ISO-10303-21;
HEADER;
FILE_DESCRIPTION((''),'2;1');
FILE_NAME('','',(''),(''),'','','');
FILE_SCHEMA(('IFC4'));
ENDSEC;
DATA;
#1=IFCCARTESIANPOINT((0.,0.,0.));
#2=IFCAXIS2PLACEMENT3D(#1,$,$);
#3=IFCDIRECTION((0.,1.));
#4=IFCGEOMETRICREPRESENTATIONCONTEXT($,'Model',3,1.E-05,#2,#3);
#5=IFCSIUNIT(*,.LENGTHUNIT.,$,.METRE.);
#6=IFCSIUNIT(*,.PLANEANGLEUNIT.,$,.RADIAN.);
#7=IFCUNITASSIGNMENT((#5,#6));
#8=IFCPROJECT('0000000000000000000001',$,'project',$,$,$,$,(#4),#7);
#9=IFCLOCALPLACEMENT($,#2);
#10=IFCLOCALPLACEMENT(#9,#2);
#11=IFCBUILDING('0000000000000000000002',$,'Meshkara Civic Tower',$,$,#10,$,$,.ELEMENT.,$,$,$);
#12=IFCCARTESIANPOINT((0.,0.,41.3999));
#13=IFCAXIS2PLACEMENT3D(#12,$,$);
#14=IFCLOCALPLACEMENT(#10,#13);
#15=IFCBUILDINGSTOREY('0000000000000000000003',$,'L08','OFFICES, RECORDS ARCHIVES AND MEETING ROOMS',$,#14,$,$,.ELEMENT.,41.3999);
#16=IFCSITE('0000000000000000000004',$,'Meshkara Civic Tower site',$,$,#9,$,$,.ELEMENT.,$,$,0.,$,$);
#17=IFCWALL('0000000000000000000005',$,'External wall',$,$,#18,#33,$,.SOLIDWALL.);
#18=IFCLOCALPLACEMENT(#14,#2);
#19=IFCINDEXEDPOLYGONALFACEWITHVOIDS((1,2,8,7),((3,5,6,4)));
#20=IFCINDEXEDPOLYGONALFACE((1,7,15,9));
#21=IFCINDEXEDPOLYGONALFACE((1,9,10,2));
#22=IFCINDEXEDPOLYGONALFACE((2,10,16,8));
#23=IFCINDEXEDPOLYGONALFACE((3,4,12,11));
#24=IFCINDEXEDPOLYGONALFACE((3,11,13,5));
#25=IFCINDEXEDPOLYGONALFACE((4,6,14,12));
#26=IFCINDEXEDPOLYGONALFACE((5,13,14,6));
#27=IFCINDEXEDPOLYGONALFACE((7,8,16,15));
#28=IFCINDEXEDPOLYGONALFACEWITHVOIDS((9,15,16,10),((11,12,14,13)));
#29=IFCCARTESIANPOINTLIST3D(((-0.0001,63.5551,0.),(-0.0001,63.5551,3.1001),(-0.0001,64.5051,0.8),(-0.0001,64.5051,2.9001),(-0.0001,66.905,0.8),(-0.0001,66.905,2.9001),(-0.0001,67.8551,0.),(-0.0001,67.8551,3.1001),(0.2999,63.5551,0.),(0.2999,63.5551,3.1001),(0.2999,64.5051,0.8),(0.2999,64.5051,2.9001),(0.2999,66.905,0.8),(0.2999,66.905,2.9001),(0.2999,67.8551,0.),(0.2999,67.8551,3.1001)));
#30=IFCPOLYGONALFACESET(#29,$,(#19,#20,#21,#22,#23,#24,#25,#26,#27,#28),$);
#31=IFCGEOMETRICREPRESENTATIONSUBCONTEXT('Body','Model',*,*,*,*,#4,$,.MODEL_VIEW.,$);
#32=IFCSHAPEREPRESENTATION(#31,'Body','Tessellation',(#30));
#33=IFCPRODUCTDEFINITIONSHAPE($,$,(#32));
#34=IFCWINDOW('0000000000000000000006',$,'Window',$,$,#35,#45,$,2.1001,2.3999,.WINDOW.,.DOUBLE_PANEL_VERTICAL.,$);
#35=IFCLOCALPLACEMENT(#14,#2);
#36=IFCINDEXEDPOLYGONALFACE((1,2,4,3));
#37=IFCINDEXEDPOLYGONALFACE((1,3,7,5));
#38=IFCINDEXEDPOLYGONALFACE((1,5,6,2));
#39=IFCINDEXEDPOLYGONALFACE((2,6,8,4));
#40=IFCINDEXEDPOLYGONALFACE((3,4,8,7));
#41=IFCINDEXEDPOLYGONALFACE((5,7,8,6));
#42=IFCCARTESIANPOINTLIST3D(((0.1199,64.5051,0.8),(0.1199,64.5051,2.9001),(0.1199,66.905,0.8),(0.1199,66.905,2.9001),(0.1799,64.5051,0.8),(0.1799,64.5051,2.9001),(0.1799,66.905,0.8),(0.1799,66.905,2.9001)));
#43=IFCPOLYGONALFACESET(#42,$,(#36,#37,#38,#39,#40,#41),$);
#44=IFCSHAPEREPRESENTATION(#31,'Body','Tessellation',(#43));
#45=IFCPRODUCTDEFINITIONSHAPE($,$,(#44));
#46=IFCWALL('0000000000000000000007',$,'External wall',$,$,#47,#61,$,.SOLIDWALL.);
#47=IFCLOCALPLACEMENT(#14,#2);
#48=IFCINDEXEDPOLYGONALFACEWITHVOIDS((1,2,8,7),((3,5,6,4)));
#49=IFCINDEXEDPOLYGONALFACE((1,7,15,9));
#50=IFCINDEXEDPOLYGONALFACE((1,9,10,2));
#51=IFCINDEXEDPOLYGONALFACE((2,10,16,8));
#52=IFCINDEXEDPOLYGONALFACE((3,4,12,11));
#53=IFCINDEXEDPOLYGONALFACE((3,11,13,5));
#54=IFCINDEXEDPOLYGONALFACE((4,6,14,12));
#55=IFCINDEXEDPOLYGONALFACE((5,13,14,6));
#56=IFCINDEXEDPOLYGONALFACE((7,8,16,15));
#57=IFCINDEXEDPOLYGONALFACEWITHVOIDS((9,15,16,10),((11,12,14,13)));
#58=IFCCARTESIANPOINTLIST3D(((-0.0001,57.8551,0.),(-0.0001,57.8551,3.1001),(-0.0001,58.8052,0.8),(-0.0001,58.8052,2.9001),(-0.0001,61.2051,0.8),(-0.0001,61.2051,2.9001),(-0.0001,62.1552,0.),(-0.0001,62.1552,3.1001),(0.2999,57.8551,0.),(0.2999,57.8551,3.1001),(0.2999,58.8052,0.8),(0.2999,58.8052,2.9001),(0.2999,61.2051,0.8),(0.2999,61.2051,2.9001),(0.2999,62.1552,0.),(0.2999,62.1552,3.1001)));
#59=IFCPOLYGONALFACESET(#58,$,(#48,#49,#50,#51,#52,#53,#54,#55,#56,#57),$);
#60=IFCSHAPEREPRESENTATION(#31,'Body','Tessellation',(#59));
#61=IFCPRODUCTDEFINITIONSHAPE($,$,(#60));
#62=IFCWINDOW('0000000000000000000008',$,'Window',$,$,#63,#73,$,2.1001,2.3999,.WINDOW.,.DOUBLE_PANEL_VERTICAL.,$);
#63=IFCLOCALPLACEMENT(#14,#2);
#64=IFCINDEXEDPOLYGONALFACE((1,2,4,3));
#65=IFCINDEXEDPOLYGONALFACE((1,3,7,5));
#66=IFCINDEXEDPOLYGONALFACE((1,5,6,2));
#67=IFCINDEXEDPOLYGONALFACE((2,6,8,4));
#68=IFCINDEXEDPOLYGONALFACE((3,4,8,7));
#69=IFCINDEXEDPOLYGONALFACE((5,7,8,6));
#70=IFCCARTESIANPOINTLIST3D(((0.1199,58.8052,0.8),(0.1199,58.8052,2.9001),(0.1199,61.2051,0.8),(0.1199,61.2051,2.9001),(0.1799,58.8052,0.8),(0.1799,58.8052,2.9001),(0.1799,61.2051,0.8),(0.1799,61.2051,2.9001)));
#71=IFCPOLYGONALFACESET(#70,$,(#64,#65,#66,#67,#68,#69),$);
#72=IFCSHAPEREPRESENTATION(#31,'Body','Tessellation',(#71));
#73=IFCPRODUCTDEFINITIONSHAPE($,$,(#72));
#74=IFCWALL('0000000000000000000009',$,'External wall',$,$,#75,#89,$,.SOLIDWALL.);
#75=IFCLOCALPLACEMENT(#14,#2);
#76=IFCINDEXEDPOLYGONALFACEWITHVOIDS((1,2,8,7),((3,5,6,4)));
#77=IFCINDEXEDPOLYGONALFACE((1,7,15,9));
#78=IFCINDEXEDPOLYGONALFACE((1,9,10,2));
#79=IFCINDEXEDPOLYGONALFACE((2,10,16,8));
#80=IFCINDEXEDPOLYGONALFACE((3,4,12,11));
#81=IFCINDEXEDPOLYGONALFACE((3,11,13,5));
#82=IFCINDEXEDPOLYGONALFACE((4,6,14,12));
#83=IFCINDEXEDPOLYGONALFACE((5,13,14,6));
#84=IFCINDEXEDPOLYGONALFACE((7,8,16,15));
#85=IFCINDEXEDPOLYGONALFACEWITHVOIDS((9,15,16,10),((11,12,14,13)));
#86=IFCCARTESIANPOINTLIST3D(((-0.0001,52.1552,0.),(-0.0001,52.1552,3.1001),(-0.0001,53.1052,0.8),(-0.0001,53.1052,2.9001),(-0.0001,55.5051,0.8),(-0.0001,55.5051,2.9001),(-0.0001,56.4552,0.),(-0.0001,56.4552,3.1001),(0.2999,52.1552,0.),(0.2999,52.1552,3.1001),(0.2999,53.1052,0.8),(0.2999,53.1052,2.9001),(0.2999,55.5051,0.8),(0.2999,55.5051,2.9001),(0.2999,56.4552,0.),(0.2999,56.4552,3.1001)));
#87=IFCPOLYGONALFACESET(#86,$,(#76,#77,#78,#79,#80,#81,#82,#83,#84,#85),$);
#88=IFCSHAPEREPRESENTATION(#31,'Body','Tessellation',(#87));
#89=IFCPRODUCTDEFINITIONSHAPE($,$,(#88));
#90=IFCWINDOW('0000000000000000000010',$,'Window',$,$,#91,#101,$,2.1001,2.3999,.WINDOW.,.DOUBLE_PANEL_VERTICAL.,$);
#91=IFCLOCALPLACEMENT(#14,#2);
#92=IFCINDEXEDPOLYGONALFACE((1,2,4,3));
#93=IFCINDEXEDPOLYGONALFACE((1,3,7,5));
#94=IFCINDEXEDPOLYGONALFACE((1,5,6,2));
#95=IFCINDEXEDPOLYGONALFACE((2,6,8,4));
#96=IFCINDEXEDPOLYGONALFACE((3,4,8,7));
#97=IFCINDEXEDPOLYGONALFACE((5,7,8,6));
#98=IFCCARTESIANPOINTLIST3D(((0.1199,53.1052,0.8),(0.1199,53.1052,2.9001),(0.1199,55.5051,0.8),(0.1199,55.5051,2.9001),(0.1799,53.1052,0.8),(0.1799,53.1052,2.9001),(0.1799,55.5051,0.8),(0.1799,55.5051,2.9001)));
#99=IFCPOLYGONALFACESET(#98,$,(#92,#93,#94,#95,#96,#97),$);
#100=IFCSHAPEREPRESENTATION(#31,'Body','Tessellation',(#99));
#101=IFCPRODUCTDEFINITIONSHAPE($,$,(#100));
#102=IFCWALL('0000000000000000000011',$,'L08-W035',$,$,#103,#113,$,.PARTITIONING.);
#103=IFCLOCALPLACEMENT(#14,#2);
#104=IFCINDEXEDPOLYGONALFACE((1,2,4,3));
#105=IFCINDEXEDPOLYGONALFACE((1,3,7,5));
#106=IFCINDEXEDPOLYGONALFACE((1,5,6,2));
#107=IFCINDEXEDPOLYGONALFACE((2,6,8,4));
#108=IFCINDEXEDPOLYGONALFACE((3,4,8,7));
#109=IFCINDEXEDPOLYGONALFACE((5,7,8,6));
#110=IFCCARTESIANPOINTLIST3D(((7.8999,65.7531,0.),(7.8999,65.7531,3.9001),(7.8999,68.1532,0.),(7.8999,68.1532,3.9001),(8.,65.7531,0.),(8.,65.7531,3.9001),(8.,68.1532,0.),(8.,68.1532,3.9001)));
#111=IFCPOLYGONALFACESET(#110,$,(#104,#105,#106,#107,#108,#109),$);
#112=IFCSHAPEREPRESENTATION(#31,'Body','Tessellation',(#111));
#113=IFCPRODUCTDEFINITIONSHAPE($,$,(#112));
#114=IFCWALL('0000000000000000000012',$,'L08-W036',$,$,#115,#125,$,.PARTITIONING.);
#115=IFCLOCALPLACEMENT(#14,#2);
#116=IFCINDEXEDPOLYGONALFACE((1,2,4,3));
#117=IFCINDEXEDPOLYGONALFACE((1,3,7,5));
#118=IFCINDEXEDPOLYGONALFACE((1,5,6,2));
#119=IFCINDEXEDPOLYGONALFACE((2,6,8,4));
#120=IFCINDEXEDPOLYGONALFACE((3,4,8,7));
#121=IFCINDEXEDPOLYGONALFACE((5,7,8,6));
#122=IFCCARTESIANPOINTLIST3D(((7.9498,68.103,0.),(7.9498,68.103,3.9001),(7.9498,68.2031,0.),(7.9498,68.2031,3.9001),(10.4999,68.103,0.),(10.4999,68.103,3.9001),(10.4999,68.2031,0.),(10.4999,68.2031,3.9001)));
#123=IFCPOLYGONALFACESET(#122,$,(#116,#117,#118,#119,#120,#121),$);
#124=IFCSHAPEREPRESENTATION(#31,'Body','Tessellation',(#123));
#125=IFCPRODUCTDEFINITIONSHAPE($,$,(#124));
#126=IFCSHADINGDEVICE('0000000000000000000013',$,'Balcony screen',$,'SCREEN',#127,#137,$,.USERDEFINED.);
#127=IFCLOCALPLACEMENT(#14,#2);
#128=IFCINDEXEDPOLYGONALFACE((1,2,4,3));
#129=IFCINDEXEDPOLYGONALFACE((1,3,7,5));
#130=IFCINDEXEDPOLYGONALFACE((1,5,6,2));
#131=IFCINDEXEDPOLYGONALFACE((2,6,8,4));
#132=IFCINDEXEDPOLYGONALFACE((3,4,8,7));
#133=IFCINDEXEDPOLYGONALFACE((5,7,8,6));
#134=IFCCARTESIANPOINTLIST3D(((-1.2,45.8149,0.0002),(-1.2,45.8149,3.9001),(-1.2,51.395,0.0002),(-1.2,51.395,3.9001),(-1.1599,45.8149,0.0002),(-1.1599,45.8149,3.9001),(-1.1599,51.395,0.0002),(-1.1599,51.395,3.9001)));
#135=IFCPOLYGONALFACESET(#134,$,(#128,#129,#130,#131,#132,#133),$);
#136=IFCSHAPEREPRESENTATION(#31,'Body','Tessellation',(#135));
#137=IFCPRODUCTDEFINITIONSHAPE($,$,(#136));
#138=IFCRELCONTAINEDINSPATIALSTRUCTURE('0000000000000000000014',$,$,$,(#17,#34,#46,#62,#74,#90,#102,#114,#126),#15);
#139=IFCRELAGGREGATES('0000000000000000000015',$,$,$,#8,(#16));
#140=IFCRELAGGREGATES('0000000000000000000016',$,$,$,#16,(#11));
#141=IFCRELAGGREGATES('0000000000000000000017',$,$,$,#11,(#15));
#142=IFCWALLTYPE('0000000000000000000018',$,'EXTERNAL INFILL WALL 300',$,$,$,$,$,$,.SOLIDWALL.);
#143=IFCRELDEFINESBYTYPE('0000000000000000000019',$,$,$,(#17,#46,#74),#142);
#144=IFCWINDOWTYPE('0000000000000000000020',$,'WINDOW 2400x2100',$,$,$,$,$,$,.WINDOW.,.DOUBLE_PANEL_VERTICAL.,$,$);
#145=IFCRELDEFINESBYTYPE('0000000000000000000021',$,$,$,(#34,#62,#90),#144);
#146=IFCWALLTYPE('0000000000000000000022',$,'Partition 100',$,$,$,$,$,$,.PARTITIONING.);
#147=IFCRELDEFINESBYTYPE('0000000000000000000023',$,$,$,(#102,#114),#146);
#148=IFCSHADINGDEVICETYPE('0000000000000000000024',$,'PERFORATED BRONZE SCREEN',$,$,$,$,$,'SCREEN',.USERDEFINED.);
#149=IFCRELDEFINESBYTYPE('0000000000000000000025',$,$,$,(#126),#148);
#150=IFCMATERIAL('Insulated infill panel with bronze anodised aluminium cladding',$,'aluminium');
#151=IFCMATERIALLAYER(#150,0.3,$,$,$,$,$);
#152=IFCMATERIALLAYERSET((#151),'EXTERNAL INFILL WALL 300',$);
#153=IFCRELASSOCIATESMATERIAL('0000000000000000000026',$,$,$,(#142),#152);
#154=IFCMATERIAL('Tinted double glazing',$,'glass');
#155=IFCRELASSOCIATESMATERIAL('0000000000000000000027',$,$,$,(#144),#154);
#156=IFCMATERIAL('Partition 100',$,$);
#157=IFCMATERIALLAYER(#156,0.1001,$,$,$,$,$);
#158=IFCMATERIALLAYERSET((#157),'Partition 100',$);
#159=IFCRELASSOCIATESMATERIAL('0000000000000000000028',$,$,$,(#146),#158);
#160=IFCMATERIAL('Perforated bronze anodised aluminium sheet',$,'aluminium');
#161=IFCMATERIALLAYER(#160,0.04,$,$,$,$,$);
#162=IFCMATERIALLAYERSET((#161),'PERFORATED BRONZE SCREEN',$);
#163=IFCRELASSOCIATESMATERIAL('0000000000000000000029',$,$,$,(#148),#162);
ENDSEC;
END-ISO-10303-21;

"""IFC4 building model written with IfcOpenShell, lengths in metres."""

from ifc_helpers import new_model, si_unit, direction, frame, frame_2d, origin, origin_2d, place, context, subcontext, project, spatial, rectangle, extrude, material, layer, layer_set, type_object, element, fill, save


model = new_model("IFC4")

# Units and contexts
model_context = context("Model", 3, precision=1e-05, world=origin(), true_north=direction((0.0, 1.0)))
body_context = subcontext(model_context, "Body", "Model", "MODEL_VIEW")
ifc_project = project(units=[si_unit("LENGTHUNIT", "METRE"), si_unit("PLANEANGLEUNIT", "RADIAN")], contexts=[model_context])

# Site, building, storey
site_placement = place(None, origin())
site = spatial("IfcSite", under=ifc_project, at=site_placement, Name="Meshkara Civic Tower site", CompositionType="ELEMENT", RefElevation=0.0)
building_placement = place(site_placement, origin())
building = spatial("IfcBuilding", under=site, at=building_placement, Name="Meshkara Civic Tower", CompositionType="ELEMENT")
storey_placement = place(building_placement, frame((0.0, 0.0, 41.3999)))
storey = spatial("IfcBuildingStorey", under=building, at=storey_placement, Name="L08", Description="OFFICES, RECORDS ARCHIVES AND MEETING ROOMS", CompositionType="ELEMENT", Elevation=41.3999)

# Walls, openings, windows
ifc_material_1 = material(Name="Insulated infill panel with bronze anodised aluminium cladding", Category="aluminium")
ifc_layer_1 = layer(ifc_material_1, 0.3)
ifc_layer_set_1 = layer_set([ifc_layer_1], Name="EXTERNAL INFILL WALL 300")
wall_type_1 = type_object("IfcWallType", Name="EXTERNAL INFILL WALL 300", PredefinedType="SOLIDWALL", material=ifc_layer_set_1)
wall_1_placement = place(storey_placement, frame((0.1499, 67.855, 0.0), z_axis=(0.0, 0.0, 1.0), x_axis=(0.0, -1.0, 0.0)))
wall_1 = element("IfcWall", 1, at=wall_1_placement, inside=storey, type_object=wall_type_1, Name="External wall", PredefinedType="SOLIDWALL", context=body_context, shape_type="SweptSolid", body=[
    extrude(rectangle(XDim=4.3, YDim=0.3, at=frame_2d((2.1499, 0.0))), origin(), (0.0, 0.0, 1.0), 3.1001),
])
opening_1_placement = place(wall_1_placement, frame((0.95, 0.0, 0.8)))
opening_1 = element("IfcOpeningElement", 2, at=opening_1_placement, cuts=wall_1, PredefinedType="OPENING", context=body_context, shape_type="SweptSolid", body=[
    extrude(rectangle(XDim=2.3999, YDim=2.1001, at=frame_2d((1.2, 1.05))), frame((0.0, 0.1599, 0.0), z_axis=(0.0, -1.0, 0.0), x_axis=(1.0, 0.0, 0.0)), (0.0, 0.0, 1.0), 0.3201),
])
ifc_material_2 = material(Name="Tinted double glazing", Category="glass")
window_type = type_object("IfcWindowType", Name="WINDOW 2400x2100", PartitioningType="DOUBLE_PANEL_VERTICAL", PredefinedType="WINDOW", material=ifc_material_2)
window_1_placement = place(opening_1_placement, origin())
window_1 = element("IfcWindow", 3, at=window_1_placement, inside=storey, type_object=window_type, Name="Window", OverallHeight=2.1001, OverallWidth=2.3999, PartitioningType="DOUBLE_PANEL_VERTICAL", PredefinedType="WINDOW", context=body_context, shape_type="SweptSolid", body=[
    extrude(rectangle(XDim=2.3999, YDim=2.1001, at=frame_2d((1.2, 1.05))), frame((0.0, 0.03, 0.0), z_axis=(0.0, -1.0, 0.0), x_axis=(1.0, 0.0, 0.0)), (0.0, 0.0, 1.0), 0.0601),
])
fill(opening_1, window_1)
wall_2_placement = place(storey_placement, frame((0.1499, 62.155, 0.0), z_axis=(0.0, 0.0, 1.0), x_axis=(0.0, -1.0, 0.0)))
wall_2 = element("IfcWall", 4, at=wall_2_placement, inside=storey, type_object=wall_type_1, Name="External wall", PredefinedType="SOLIDWALL", context=body_context, shape_type="SweptSolid", body=[
    extrude(rectangle(XDim=4.3, YDim=0.3, at=frame_2d((2.1499, 0.0))), origin(), (0.0, 0.0, 1.0), 3.1001),
])
opening_2_placement = place(wall_2_placement, frame((0.95, 0.0, 0.8)))
opening_2 = element("IfcOpeningElement", 5, at=opening_2_placement, cuts=wall_2, PredefinedType="OPENING", context=body_context, shape_type="SweptSolid", body=[
    extrude(rectangle(XDim=2.3999, YDim=2.1001, at=frame_2d((1.2, 1.05))), frame((0.0, 0.1599, 0.0), z_axis=(0.0, -1.0, 0.0), x_axis=(1.0, 0.0, 0.0)), (0.0, 0.0, 1.0), 0.3201),
])
window_2_placement = place(opening_2_placement, origin())
window_2 = element("IfcWindow", 6, at=window_2_placement, inside=storey, type_object=window_type, Name="Window", OverallHeight=2.1001, OverallWidth=2.3999, PartitioningType="DOUBLE_PANEL_VERTICAL", PredefinedType="WINDOW", context=body_context, shape_type="SweptSolid", body=[
    extrude(rectangle(XDim=2.3999, YDim=2.1001, at=frame_2d((1.2, 1.05))), frame((0.0, 0.03, 0.0), z_axis=(0.0, -1.0, 0.0), x_axis=(1.0, 0.0, 0.0)), (0.0, 0.0, 1.0), 0.0601),
])
fill(opening_2, window_2)
wall_3_placement = place(storey_placement, frame((0.1499, 56.4551, 0.0), z_axis=(0.0, 0.0, 1.0), x_axis=(0.0, -1.0, 0.0)))
wall_3 = element("IfcWall", 7, at=wall_3_placement, inside=storey, type_object=wall_type_1, Name="External wall", PredefinedType="SOLIDWALL", context=body_context, shape_type="SweptSolid", body=[
    extrude(rectangle(XDim=4.3, YDim=0.3, at=frame_2d((2.1499, 0.0))), origin(), (0.0, 0.0, 1.0), 3.1001),
])
opening_3_placement = place(wall_3_placement, frame((0.95, 0.0, 0.8)))
opening_3 = element("IfcOpeningElement", 8, at=opening_3_placement, cuts=wall_3, PredefinedType="OPENING", context=body_context, shape_type="SweptSolid", body=[
    extrude(rectangle(XDim=2.3999, YDim=2.1001, at=frame_2d((1.2, 1.05))), frame((0.0, 0.1599, 0.0), z_axis=(0.0, -1.0, 0.0), x_axis=(1.0, 0.0, 0.0)), (0.0, 0.0, 1.0), 0.3201),
])
window_3_placement = place(opening_3_placement, origin())
window_3 = element("IfcWindow", 9, at=window_3_placement, inside=storey, type_object=window_type, Name="Window", OverallHeight=2.1001, OverallWidth=2.3999, PartitioningType="DOUBLE_PANEL_VERTICAL", PredefinedType="WINDOW", context=body_context, shape_type="SweptSolid", body=[
    extrude(rectangle(XDim=2.3999, YDim=2.1001, at=frame_2d((1.2, 1.05))), frame((0.0, 0.03, 0.0), z_axis=(0.0, -1.0, 0.0), x_axis=(1.0, 0.0, 0.0)), (0.0, 0.0, 1.0), 0.0601),
])
fill(opening_3, window_3)

# Walls
ifc_material_3 = material(Name="Partition 100")
ifc_layer_2 = layer(ifc_material_3, 0.1001)
ifc_layer_set_2 = layer_set([ifc_layer_2], Name="Partition 100")
wall_type_2 = type_object("IfcWallType", Name="Partition 100", PredefinedType="PARTITIONING", material=ifc_layer_set_2)
wall_4_placement = place(storey_placement, frame((7.95, 65.7529, 0.0), z_axis=(0.0, 0.0, 1.0), x_axis=(0.0, 1.0, 0.0)))
element("IfcWall", 10, at=wall_4_placement, inside=storey, type_object=wall_type_2, Name="L08-W035", PredefinedType="PARTITIONING", context=body_context, shape_type="SweptSolid", body=[
    extrude(rectangle(XDim=2.4001, YDim=0.1001, at=frame_2d((1.2002, 0.0))), origin(), (0.0, 0.0, 1.0), 3.9001),
])
wall_5_placement = place(storey_placement, frame((7.95, 68.1531, 0.0), z_axis=(0.0, 0.0, 1.0), x_axis=(1.0, 0.0, 0.0)))
element("IfcWall", 11, at=wall_5_placement, inside=storey, type_object=wall_type_2, Name="L08-W036", PredefinedType="PARTITIONING", context=body_context, shape_type="SweptSolid", body=[
    extrude(rectangle(XDim=2.55, YDim=0.1001, at=frame_2d((1.2749, 0.0))), origin(), (0.0, 0.0, 1.0), 3.9001),
])

# Shading device
ifc_material_4 = material(Name="Perforated bronze anodised aluminium sheet", Category="aluminium")
ifc_layer_3 = layer(ifc_material_4, 0.04)
ifc_layer_set_3 = layer_set([ifc_layer_3], Name="PERFORATED BRONZE SCREEN")
shading_device_type = type_object("IfcShadingDeviceType", Name="PERFORATED BRONZE SCREEN", ElementType="SCREEN", PredefinedType="USERDEFINED", material=ifc_layer_set_3)
shading_device_placement = place(storey_placement, frame((-1.1799, 48.605, 0.0002), z_axis=(0.0, 0.0, 1.0), x_axis=(0.0, -1.0, 0.0)))
element("IfcShadingDevice", 12, at=shading_device_placement, inside=storey, type_object=shading_device_type, Name="Balcony screen", ObjectType="SCREEN", PredefinedType="USERDEFINED", context=body_context, shape_type="SweptSolid", body=[
    extrude(rectangle(XDim=5.5801, YDim=0.04, at=origin_2d()), origin(), (0.0, 0.0, 1.0), 3.8999),
])

save(model, "model.ifc")
